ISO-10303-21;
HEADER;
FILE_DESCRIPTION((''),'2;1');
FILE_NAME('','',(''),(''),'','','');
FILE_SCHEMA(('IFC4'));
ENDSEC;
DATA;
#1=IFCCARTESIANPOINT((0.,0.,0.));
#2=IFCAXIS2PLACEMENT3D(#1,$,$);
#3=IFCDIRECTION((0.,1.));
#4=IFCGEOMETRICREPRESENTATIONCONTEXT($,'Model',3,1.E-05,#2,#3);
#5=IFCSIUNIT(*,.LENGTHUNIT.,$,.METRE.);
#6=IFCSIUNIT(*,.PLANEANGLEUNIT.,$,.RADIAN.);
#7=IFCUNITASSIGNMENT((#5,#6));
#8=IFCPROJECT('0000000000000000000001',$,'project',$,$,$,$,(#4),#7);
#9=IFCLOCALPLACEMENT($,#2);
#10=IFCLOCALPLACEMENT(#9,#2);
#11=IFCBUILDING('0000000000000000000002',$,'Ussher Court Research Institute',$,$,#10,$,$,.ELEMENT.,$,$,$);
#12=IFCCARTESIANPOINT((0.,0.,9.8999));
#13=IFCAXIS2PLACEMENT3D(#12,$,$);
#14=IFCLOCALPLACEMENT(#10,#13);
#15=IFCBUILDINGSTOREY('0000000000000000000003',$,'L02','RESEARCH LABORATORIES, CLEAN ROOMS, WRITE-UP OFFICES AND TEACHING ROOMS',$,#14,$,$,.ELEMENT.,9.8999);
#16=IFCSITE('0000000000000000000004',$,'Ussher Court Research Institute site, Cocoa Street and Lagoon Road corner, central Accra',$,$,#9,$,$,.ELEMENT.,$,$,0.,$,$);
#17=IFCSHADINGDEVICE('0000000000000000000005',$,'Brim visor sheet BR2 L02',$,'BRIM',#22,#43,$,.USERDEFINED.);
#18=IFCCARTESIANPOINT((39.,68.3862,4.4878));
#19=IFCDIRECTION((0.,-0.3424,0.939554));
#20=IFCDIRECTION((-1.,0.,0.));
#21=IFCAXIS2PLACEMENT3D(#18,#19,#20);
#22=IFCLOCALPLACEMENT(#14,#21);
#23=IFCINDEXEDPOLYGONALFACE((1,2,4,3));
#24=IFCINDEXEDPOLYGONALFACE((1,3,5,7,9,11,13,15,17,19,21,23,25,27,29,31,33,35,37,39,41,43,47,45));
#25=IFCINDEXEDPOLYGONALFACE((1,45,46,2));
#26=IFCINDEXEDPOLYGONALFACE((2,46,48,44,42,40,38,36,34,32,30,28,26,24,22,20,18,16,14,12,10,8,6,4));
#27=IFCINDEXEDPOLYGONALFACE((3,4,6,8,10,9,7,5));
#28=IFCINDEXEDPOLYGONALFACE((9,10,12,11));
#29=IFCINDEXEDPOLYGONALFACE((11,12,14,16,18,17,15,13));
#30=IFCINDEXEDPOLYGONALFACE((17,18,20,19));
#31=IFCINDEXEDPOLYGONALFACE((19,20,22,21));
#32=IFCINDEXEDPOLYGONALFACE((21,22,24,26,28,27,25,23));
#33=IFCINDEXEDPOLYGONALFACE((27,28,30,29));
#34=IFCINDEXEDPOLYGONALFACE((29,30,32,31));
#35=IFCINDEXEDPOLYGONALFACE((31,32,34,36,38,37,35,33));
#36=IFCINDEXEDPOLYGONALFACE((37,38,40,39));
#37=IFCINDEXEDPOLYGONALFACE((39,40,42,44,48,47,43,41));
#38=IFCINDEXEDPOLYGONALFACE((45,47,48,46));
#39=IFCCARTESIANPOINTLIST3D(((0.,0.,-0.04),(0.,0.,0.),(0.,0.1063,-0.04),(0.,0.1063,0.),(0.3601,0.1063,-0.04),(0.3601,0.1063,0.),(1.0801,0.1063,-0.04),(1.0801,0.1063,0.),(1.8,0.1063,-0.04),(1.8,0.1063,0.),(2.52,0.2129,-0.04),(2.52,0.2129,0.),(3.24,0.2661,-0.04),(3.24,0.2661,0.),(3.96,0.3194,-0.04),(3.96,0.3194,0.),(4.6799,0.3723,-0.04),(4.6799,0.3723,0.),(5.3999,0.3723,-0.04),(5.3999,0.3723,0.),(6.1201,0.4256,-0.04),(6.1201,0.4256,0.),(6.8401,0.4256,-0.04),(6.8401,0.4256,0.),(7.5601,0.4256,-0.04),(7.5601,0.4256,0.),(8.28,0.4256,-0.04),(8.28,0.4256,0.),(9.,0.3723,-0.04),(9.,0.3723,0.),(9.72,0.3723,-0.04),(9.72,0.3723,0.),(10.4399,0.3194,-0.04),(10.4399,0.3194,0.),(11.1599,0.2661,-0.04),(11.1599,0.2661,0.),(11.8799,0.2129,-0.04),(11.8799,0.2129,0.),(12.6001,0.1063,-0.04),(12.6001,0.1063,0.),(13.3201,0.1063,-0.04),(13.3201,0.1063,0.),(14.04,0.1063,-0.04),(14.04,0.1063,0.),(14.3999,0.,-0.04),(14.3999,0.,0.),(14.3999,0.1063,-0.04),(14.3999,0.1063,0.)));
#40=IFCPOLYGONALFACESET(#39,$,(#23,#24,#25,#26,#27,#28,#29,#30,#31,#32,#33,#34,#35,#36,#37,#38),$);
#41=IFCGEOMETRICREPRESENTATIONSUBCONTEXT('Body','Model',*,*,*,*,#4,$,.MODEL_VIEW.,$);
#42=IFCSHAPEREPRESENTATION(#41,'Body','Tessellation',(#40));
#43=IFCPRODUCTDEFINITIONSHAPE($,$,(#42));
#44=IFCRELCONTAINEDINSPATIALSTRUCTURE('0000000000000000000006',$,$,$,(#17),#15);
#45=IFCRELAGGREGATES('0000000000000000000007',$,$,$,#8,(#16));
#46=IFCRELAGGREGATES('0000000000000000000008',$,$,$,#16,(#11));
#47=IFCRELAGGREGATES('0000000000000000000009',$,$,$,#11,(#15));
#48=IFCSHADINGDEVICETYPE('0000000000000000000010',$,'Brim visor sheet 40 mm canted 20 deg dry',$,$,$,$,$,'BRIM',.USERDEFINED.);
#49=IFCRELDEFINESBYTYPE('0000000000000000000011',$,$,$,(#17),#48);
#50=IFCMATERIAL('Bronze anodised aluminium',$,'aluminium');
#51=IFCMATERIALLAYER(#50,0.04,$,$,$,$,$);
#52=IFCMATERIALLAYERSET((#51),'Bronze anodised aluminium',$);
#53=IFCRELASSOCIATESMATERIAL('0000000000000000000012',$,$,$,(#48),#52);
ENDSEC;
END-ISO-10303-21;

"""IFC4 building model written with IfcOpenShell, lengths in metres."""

from ifc_helpers import new_model, si_unit, direction, frame, origin, place, context, subcontext, project, spatial, polyline, outline, extrude, material, layer, layer_set, type_object, element, save


model = new_model("IFC4")

# Units and contexts
model_context = context("Model", 3, precision=1e-05, world=origin(), true_north=direction((0.0, 1.0)))
body_context = subcontext(model_context, "Body", "Model", "MODEL_VIEW")
ifc_project = project(units=[si_unit("LENGTHUNIT", "METRE"), si_unit("PLANEANGLEUNIT", "RADIAN")], contexts=[model_context])

# Site, building, storey
site_placement = place(None, origin())
site = spatial("IfcSite", under=ifc_project, at=site_placement, Name="Ussher Court Research Institute site, Cocoa Street and Lagoon Road corner, central Accra", CompositionType="ELEMENT", RefElevation=0.0)
building_placement = place(site_placement, origin())
building = spatial("IfcBuilding", under=site, at=building_placement, Name="Ussher Court Research Institute", CompositionType="ELEMENT")
storey_placement = place(building_placement, frame((0.0, 0.0, 9.8999)))
storey = spatial("IfcBuildingStorey", under=building, at=storey_placement, Name="L02", Description="RESEARCH LABORATORIES, CLEAN ROOMS, WRITE-UP OFFICES AND TEACHING ROOMS", CompositionType="ELEMENT", Elevation=9.8999)

# Shading device
ifc_material_1 = material(Name="Bronze anodised aluminium", Category="aluminium")
ifc_layer_1 = layer(ifc_material_1, 0.04)
ifc_layer_set_1 = layer_set([ifc_layer_1], Name="Bronze anodised aluminium")
shading_device_type_1 = type_object("IfcShadingDeviceType", Name="Brim visor sheet 40 mm canted 20 deg dry", ElementType="BRIM", PredefinedType="USERDEFINED", material=ifc_layer_set_1)
shading_device_placement = place(storey_placement, frame((39.0, 68.3862, 4.4878), z_axis=(0.0, -0.3424, 0.939554), x_axis=(-1.0, 0.0, 0.0)))
element("IfcShadingDevice", 1, at=shading_device_placement, inside=storey, type_object=shading_device_type_1, Name="Brim visor sheet BR2 L02", ObjectType="BRIM", PredefinedType="USERDEFINED", context=body_context, shape_type="SweptSolid", body=[
    extrude(outline(polyline([(0.0, 0.0), (14.3999, 0.0), (14.3999, 0.1063), (14.04, 0.1063), (13.3201, 0.1063), (12.6001, 0.1063), (11.8799, 0.2129), (11.1599, 0.2661), (10.4399, 0.3194), (9.72, 0.3723), (9.0, 0.3723), (8.28, 0.4256), (7.5601, 0.4256), (6.8401, 0.4256), (6.1201, 0.4256), (5.3999, 0.3723), (4.6799, 0.3723), (3.96, 0.3194), (3.24, 0.2661), (2.52, 0.2129), (1.8, 0.1063), (1.0801, 0.1063), (0.3601, 0.1063), (0.0, 0.1063), (0.0, 0.0)])), origin(), (0.0, 0.0, -1.0), 0.04),
])

save(model, "model.ifc")
